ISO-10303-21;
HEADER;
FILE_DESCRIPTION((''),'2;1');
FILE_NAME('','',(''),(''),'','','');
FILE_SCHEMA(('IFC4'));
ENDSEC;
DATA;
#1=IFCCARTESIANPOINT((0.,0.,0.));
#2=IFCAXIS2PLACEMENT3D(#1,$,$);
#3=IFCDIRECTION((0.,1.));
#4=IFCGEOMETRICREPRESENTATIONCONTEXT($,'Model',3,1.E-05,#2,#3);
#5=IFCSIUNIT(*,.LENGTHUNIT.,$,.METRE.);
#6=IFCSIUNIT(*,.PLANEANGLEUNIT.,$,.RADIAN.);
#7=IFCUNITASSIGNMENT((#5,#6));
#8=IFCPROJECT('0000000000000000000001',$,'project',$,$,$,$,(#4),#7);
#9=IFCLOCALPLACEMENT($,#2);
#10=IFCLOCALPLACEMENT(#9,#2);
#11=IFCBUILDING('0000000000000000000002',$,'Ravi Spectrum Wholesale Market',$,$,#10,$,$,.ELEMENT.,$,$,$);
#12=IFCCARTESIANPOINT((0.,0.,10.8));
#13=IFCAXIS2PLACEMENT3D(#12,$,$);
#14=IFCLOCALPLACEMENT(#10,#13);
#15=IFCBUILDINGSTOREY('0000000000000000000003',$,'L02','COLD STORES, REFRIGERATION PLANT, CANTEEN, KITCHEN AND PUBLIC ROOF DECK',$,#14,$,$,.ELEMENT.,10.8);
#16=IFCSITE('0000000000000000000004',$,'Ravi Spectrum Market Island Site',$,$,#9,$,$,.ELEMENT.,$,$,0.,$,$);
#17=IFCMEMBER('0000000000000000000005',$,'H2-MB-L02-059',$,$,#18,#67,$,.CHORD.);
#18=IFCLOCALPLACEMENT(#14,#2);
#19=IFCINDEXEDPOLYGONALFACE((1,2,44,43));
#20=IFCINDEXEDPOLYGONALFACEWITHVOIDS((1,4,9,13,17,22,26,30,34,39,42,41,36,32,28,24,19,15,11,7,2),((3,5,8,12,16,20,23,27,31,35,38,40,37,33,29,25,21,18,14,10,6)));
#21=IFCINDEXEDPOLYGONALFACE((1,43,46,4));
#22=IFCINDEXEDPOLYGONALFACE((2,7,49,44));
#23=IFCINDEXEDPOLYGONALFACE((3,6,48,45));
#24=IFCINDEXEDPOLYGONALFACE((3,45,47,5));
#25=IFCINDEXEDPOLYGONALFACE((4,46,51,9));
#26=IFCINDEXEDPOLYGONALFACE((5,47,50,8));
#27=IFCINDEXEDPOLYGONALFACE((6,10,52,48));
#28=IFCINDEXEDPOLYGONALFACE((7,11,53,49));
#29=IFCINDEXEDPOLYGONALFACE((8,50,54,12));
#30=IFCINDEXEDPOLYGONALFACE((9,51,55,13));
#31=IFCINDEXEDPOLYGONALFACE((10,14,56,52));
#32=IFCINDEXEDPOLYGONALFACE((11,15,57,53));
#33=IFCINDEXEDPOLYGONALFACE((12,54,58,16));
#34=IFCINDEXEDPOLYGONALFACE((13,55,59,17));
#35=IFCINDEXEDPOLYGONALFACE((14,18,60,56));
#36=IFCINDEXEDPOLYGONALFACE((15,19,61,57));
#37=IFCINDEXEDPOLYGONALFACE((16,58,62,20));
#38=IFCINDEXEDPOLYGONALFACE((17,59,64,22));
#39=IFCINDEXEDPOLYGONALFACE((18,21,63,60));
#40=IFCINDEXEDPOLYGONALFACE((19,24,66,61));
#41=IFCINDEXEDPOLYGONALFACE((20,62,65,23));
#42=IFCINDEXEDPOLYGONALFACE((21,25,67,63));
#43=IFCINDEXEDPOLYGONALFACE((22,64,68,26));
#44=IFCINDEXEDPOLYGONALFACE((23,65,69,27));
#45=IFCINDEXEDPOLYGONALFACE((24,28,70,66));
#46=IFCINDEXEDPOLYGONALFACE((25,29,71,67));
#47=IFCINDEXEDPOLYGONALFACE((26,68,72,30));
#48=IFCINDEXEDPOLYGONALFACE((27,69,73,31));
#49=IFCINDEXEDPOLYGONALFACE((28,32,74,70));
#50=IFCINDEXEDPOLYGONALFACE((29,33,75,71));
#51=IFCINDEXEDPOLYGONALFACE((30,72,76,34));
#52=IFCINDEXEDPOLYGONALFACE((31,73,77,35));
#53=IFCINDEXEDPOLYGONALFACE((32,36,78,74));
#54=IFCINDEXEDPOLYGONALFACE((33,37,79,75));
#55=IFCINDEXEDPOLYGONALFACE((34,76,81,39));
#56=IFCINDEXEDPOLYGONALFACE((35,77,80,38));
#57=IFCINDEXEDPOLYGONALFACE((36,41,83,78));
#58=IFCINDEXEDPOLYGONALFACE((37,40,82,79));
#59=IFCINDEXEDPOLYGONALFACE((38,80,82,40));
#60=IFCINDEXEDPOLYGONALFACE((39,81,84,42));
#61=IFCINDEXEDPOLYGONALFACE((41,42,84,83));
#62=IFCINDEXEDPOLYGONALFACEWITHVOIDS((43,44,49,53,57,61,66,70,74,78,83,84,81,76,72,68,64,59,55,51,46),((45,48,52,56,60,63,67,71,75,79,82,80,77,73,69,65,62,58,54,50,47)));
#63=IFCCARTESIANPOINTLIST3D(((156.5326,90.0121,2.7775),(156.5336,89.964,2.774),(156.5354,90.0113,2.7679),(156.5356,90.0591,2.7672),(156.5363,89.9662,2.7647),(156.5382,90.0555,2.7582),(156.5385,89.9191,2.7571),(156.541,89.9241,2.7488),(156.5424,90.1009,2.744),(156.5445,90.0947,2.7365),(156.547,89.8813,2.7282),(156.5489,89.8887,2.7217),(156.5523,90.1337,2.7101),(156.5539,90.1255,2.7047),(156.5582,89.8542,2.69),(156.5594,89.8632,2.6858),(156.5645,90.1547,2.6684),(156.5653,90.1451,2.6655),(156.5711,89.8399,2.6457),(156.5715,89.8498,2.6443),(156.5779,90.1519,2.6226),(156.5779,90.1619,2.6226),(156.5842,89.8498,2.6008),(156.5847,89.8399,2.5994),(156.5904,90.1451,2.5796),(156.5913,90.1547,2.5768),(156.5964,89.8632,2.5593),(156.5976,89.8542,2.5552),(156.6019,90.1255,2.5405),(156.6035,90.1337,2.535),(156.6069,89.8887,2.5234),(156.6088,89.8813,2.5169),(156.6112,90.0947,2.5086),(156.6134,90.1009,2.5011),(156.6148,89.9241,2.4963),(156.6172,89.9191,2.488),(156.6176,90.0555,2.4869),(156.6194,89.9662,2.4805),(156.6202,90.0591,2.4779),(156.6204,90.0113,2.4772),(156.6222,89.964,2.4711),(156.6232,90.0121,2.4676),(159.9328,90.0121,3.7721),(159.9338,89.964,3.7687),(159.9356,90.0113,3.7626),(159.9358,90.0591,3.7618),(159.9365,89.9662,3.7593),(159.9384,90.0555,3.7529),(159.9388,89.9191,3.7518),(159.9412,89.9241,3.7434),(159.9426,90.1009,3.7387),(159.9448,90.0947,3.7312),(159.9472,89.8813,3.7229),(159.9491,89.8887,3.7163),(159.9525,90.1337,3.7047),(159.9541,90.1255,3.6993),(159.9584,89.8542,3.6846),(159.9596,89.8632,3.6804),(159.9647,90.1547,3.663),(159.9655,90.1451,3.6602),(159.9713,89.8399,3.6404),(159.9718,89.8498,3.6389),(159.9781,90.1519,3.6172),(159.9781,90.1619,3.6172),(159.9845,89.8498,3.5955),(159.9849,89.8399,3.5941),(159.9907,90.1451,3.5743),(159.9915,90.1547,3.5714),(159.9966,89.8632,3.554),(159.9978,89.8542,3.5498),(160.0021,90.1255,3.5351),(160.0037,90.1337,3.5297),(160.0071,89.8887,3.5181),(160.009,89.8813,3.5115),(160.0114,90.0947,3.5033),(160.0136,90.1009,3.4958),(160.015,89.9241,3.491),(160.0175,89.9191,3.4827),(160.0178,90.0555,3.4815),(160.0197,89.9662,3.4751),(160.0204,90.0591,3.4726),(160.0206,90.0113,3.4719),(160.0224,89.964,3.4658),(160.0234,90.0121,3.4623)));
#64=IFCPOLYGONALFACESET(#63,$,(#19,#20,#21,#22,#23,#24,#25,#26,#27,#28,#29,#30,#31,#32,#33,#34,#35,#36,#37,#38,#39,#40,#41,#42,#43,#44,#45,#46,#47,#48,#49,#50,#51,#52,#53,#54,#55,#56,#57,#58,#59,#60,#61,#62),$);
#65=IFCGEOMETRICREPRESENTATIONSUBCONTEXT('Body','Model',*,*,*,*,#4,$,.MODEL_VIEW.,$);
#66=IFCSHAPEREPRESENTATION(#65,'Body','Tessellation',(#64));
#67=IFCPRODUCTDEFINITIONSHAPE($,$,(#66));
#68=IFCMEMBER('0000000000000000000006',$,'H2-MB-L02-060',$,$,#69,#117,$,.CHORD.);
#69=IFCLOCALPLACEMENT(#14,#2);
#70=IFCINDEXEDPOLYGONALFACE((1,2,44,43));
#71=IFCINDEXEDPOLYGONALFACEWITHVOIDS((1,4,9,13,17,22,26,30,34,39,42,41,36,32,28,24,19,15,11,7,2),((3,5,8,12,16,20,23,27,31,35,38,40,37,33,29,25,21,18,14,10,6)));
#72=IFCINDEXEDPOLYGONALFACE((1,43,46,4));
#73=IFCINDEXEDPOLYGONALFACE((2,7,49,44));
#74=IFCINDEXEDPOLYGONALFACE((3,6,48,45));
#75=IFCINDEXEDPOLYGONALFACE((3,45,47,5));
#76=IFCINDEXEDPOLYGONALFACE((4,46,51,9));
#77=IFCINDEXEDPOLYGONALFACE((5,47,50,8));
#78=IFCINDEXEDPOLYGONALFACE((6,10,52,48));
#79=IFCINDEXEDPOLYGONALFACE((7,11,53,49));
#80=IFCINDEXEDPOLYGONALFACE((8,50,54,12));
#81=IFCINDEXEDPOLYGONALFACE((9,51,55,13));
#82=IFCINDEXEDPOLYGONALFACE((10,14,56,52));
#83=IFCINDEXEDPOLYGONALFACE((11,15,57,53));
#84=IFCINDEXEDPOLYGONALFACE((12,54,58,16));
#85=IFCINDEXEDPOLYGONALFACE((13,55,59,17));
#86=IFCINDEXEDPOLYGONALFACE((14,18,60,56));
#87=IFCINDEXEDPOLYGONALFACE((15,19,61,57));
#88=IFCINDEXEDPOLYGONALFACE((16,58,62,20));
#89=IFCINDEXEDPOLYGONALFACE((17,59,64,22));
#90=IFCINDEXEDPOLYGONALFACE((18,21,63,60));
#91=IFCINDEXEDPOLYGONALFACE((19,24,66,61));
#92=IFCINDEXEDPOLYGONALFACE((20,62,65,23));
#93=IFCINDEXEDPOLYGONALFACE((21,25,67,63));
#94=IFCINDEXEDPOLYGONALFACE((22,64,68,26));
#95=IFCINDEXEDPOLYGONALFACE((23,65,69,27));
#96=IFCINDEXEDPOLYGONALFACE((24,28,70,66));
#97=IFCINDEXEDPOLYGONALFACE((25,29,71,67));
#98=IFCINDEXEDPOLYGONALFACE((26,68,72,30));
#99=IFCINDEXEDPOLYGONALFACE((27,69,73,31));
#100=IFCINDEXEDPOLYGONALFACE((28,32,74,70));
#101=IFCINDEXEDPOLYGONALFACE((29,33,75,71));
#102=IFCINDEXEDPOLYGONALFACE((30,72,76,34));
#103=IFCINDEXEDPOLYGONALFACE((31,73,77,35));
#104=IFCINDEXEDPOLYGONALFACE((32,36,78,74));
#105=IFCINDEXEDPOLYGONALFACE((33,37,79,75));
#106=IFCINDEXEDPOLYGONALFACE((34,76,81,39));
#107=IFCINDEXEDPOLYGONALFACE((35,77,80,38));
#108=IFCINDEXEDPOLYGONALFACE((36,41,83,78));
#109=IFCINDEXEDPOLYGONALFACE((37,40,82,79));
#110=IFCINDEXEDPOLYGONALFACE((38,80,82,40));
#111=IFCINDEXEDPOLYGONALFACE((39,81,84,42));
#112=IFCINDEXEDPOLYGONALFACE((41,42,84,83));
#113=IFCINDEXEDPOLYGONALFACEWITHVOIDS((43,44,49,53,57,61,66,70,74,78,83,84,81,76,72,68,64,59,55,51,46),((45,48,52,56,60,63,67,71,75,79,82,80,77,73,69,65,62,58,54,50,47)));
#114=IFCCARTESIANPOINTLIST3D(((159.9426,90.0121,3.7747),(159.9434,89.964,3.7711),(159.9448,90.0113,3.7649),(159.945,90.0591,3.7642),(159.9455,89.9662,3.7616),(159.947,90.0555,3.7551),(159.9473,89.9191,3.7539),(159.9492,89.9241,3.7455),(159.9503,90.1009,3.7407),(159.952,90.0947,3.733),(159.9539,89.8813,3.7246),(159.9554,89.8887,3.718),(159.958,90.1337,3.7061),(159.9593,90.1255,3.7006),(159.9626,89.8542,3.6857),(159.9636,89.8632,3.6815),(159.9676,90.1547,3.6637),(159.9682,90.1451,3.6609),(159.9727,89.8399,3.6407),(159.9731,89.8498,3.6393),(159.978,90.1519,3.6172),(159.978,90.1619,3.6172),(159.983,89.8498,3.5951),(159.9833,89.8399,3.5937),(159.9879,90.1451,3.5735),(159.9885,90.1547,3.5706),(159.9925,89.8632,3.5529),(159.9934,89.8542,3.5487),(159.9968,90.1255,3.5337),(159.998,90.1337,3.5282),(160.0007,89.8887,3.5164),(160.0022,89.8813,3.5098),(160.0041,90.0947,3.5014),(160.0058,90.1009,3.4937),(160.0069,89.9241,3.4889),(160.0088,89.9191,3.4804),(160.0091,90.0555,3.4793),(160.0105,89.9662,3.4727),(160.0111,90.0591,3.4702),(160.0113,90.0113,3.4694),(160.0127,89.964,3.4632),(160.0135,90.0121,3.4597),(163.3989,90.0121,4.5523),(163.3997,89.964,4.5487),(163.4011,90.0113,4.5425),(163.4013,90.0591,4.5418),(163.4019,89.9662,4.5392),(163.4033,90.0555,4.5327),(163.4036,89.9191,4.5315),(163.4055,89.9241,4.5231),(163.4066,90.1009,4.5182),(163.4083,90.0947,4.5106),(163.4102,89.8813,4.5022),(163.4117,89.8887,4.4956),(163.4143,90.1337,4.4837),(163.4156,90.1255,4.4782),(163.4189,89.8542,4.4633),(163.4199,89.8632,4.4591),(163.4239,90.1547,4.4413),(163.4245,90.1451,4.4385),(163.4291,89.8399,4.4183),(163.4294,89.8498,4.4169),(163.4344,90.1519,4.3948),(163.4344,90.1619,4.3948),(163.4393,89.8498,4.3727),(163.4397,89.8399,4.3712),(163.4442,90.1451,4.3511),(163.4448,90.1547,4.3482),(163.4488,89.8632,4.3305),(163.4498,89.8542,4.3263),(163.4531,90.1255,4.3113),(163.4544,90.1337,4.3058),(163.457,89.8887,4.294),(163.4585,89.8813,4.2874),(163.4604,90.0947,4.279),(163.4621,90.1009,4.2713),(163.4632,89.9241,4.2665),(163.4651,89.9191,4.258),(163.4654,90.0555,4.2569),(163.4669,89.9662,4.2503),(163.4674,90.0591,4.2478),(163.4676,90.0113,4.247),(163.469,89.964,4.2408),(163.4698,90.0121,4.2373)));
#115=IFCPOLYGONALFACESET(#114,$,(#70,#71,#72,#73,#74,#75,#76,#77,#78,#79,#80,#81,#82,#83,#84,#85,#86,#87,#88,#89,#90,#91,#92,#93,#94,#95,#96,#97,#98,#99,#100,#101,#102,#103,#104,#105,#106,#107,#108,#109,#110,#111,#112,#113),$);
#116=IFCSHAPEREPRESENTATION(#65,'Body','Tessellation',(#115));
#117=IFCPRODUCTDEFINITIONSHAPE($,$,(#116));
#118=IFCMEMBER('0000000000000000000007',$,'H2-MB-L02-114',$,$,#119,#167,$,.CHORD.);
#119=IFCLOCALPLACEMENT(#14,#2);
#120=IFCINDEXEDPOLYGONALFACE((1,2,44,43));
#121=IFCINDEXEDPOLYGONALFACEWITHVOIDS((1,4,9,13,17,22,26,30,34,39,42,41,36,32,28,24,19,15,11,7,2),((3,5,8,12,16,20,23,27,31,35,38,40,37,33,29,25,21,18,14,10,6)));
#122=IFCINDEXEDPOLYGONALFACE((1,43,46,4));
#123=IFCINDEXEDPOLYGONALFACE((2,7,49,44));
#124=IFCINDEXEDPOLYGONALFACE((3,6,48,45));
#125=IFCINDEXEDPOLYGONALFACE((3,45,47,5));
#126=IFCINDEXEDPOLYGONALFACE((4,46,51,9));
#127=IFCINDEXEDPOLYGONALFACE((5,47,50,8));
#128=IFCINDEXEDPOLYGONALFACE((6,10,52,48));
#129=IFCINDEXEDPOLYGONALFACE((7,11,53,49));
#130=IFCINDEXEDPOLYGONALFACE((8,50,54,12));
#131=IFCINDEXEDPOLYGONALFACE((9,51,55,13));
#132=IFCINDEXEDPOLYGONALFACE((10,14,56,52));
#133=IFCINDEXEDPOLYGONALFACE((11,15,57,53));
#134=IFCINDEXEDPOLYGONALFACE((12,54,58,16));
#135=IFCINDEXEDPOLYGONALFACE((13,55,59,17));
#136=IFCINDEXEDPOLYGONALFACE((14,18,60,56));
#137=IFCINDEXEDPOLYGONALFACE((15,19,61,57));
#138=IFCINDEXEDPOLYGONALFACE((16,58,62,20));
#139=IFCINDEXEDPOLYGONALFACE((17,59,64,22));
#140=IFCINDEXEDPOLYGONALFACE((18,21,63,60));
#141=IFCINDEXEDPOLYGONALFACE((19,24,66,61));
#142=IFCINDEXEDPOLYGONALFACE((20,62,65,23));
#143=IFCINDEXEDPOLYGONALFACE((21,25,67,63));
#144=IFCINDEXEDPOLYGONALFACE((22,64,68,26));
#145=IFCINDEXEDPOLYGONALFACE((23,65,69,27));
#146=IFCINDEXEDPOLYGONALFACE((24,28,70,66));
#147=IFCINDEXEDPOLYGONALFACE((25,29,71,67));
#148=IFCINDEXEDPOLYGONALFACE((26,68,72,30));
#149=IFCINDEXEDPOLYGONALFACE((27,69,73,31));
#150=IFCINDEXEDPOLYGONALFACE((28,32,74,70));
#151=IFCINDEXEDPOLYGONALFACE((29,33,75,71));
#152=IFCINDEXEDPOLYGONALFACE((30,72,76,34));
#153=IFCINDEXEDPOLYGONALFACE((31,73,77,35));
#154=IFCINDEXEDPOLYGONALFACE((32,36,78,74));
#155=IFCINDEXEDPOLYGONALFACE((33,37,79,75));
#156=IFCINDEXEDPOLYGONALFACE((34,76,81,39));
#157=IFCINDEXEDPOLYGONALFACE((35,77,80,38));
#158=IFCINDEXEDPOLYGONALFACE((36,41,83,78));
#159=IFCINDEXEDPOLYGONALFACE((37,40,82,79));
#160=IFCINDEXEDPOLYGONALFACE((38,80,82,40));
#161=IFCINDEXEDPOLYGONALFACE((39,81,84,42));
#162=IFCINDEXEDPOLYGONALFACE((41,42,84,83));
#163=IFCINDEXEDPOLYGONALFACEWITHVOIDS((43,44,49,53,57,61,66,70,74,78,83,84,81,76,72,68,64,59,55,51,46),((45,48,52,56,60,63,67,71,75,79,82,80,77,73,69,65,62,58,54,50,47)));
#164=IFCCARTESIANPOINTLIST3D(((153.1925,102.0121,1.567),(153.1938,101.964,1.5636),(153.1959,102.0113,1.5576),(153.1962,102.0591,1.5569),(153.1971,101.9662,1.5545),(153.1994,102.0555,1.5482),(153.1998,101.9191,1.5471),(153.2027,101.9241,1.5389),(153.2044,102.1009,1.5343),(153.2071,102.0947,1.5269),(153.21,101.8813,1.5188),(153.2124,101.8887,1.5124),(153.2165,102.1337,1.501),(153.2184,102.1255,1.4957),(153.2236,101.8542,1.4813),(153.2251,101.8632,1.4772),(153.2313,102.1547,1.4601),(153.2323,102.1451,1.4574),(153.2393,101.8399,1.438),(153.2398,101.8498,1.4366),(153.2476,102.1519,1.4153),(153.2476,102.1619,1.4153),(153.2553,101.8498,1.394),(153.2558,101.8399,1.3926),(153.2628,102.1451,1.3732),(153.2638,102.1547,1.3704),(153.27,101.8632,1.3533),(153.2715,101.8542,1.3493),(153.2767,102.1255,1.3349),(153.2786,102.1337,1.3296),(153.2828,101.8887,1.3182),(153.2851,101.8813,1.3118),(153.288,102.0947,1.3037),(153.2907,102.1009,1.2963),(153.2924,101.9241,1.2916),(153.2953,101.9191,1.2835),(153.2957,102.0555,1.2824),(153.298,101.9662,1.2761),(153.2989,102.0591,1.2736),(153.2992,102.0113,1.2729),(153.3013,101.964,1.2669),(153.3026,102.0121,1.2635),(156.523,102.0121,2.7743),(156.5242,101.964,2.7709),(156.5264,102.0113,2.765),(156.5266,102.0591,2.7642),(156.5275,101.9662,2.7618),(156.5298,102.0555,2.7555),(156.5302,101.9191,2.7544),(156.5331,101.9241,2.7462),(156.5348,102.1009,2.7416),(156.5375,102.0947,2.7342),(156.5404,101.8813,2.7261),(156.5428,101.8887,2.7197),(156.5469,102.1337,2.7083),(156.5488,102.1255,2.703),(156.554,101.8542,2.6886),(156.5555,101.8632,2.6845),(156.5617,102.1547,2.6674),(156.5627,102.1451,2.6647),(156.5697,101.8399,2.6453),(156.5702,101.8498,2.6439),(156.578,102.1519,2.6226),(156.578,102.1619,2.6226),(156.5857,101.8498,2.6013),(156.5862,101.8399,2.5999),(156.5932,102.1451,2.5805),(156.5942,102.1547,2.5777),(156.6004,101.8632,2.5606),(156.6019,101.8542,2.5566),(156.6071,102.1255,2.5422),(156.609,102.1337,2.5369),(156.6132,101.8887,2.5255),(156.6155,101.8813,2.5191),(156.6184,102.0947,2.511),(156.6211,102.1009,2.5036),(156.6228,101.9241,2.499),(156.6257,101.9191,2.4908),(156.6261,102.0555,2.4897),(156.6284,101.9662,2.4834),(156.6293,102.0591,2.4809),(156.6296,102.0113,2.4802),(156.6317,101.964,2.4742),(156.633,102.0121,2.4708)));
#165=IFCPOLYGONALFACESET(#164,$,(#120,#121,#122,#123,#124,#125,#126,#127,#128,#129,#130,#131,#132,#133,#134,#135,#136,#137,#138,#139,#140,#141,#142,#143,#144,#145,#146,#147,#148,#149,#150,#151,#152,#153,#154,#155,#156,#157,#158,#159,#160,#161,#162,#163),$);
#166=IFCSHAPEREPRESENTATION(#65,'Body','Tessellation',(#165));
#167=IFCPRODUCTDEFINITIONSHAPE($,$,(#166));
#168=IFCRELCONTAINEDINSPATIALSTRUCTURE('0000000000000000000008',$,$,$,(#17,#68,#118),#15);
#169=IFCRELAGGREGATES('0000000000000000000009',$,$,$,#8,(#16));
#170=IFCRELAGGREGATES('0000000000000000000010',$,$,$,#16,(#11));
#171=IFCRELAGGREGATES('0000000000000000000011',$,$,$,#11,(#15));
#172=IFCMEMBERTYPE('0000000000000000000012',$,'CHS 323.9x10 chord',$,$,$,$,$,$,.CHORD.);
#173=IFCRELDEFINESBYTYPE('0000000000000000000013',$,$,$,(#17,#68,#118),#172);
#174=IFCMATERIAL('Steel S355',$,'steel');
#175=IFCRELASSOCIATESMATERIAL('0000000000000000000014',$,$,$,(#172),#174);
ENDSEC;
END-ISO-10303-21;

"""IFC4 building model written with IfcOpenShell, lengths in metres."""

from ifc_helpers import new_model, si_unit, direction, frame, origin, origin_2d, place, context, subcontext, project, spatial, hollow_circle, extrude, material, material_profile, profile_set, type_object, element, save


model = new_model("IFC4")

# Units and contexts
model_context = context("Model", 3, precision=1e-05, world=origin(), true_north=direction((0.0, 1.0)))
body_context = subcontext(model_context, "Body", "Model", "MODEL_VIEW")
ifc_project = project(units=[si_unit("LENGTHUNIT", "METRE"), si_unit("PLANEANGLEUNIT", "RADIAN")], contexts=[model_context])

# Site, building, storey
site_placement = place(None, origin())
site = spatial("IfcSite", under=ifc_project, at=site_placement, Name="Ravi Spectrum Market Island Site", CompositionType="ELEMENT", RefElevation=0.0)
building_placement = place(site_placement, origin())
building = spatial("IfcBuilding", under=site, at=building_placement, Name="Ravi Spectrum Wholesale Market", CompositionType="ELEMENT")
storey_placement = place(building_placement, frame((0.0, 0.0, 10.8)))
storey = spatial("IfcBuildingStorey", under=building, at=storey_placement, Name="L02", Description="COLD STORES, REFRIGERATION PLANT, CANTEEN, KITCHEN AND PUBLIC ROOF DECK", CompositionType="ELEMENT", Elevation=10.8)

# Members
ifc_material_1 = material(Name="Steel S355", Category="steel")
ifc_material_profile_1 = material_profile(ifc_material_1, hollow_circle(Radius=0.1619, WallThickness=0.01, at=origin_2d()))
ifc_profile_set_1 = profile_set([ifc_material_profile_1], Name="Steel S355")
member_type_1 = type_object("IfcMemberType", Name="CHS 323.9x10 chord", PredefinedType="CHORD", material=ifc_profile_set_1)
for number, where, z_axis, x_axis, name in (
    (1, (156.5779, 90.0, 2.6226), (0.959778, 0.0, 0.280759), (0.0, 1.0, 0.0), "H2-MB-L02-059"),
    (2, (159.978, 90.0, 3.6172), (0.975615, 0.0, 0.219491), (0.0, 1.0, 0.0), "H2-MB-L02-060"),
):
    element("IfcMember", number, at=place(storey_placement, frame(where, z_axis=z_axis, x_axis=x_axis)), inside=storey, type_object=member_type_1, Name=name, PredefinedType="CHORD", context=body_context, shape_type="SweptSolid", body=[
        extrude(hollow_circle(Radius=0.1619, WallThickness=0.01, at=origin_2d()), origin(), (0.0, 0.0, 1.0), 3.5427),
    ])
member_1_placement = place(storey_placement, frame((153.2476, 102.0, 1.4153), z_axis=(0.940133, 0.0, 0.340808), x_axis=(0.0, 1.0, 0.0)))
element("IfcMember", 3, at=member_1_placement, inside=storey, type_object=member_type_1, Name="H2-MB-L02-114", PredefinedType="CHORD", context=body_context, shape_type="SweptSolid", body=[
    extrude(hollow_circle(Radius=0.1619, WallThickness=0.01, at=origin_2d()), origin(), (0.0, 0.0, 1.0), 3.5425),
])

save(model, "model.ifc")
